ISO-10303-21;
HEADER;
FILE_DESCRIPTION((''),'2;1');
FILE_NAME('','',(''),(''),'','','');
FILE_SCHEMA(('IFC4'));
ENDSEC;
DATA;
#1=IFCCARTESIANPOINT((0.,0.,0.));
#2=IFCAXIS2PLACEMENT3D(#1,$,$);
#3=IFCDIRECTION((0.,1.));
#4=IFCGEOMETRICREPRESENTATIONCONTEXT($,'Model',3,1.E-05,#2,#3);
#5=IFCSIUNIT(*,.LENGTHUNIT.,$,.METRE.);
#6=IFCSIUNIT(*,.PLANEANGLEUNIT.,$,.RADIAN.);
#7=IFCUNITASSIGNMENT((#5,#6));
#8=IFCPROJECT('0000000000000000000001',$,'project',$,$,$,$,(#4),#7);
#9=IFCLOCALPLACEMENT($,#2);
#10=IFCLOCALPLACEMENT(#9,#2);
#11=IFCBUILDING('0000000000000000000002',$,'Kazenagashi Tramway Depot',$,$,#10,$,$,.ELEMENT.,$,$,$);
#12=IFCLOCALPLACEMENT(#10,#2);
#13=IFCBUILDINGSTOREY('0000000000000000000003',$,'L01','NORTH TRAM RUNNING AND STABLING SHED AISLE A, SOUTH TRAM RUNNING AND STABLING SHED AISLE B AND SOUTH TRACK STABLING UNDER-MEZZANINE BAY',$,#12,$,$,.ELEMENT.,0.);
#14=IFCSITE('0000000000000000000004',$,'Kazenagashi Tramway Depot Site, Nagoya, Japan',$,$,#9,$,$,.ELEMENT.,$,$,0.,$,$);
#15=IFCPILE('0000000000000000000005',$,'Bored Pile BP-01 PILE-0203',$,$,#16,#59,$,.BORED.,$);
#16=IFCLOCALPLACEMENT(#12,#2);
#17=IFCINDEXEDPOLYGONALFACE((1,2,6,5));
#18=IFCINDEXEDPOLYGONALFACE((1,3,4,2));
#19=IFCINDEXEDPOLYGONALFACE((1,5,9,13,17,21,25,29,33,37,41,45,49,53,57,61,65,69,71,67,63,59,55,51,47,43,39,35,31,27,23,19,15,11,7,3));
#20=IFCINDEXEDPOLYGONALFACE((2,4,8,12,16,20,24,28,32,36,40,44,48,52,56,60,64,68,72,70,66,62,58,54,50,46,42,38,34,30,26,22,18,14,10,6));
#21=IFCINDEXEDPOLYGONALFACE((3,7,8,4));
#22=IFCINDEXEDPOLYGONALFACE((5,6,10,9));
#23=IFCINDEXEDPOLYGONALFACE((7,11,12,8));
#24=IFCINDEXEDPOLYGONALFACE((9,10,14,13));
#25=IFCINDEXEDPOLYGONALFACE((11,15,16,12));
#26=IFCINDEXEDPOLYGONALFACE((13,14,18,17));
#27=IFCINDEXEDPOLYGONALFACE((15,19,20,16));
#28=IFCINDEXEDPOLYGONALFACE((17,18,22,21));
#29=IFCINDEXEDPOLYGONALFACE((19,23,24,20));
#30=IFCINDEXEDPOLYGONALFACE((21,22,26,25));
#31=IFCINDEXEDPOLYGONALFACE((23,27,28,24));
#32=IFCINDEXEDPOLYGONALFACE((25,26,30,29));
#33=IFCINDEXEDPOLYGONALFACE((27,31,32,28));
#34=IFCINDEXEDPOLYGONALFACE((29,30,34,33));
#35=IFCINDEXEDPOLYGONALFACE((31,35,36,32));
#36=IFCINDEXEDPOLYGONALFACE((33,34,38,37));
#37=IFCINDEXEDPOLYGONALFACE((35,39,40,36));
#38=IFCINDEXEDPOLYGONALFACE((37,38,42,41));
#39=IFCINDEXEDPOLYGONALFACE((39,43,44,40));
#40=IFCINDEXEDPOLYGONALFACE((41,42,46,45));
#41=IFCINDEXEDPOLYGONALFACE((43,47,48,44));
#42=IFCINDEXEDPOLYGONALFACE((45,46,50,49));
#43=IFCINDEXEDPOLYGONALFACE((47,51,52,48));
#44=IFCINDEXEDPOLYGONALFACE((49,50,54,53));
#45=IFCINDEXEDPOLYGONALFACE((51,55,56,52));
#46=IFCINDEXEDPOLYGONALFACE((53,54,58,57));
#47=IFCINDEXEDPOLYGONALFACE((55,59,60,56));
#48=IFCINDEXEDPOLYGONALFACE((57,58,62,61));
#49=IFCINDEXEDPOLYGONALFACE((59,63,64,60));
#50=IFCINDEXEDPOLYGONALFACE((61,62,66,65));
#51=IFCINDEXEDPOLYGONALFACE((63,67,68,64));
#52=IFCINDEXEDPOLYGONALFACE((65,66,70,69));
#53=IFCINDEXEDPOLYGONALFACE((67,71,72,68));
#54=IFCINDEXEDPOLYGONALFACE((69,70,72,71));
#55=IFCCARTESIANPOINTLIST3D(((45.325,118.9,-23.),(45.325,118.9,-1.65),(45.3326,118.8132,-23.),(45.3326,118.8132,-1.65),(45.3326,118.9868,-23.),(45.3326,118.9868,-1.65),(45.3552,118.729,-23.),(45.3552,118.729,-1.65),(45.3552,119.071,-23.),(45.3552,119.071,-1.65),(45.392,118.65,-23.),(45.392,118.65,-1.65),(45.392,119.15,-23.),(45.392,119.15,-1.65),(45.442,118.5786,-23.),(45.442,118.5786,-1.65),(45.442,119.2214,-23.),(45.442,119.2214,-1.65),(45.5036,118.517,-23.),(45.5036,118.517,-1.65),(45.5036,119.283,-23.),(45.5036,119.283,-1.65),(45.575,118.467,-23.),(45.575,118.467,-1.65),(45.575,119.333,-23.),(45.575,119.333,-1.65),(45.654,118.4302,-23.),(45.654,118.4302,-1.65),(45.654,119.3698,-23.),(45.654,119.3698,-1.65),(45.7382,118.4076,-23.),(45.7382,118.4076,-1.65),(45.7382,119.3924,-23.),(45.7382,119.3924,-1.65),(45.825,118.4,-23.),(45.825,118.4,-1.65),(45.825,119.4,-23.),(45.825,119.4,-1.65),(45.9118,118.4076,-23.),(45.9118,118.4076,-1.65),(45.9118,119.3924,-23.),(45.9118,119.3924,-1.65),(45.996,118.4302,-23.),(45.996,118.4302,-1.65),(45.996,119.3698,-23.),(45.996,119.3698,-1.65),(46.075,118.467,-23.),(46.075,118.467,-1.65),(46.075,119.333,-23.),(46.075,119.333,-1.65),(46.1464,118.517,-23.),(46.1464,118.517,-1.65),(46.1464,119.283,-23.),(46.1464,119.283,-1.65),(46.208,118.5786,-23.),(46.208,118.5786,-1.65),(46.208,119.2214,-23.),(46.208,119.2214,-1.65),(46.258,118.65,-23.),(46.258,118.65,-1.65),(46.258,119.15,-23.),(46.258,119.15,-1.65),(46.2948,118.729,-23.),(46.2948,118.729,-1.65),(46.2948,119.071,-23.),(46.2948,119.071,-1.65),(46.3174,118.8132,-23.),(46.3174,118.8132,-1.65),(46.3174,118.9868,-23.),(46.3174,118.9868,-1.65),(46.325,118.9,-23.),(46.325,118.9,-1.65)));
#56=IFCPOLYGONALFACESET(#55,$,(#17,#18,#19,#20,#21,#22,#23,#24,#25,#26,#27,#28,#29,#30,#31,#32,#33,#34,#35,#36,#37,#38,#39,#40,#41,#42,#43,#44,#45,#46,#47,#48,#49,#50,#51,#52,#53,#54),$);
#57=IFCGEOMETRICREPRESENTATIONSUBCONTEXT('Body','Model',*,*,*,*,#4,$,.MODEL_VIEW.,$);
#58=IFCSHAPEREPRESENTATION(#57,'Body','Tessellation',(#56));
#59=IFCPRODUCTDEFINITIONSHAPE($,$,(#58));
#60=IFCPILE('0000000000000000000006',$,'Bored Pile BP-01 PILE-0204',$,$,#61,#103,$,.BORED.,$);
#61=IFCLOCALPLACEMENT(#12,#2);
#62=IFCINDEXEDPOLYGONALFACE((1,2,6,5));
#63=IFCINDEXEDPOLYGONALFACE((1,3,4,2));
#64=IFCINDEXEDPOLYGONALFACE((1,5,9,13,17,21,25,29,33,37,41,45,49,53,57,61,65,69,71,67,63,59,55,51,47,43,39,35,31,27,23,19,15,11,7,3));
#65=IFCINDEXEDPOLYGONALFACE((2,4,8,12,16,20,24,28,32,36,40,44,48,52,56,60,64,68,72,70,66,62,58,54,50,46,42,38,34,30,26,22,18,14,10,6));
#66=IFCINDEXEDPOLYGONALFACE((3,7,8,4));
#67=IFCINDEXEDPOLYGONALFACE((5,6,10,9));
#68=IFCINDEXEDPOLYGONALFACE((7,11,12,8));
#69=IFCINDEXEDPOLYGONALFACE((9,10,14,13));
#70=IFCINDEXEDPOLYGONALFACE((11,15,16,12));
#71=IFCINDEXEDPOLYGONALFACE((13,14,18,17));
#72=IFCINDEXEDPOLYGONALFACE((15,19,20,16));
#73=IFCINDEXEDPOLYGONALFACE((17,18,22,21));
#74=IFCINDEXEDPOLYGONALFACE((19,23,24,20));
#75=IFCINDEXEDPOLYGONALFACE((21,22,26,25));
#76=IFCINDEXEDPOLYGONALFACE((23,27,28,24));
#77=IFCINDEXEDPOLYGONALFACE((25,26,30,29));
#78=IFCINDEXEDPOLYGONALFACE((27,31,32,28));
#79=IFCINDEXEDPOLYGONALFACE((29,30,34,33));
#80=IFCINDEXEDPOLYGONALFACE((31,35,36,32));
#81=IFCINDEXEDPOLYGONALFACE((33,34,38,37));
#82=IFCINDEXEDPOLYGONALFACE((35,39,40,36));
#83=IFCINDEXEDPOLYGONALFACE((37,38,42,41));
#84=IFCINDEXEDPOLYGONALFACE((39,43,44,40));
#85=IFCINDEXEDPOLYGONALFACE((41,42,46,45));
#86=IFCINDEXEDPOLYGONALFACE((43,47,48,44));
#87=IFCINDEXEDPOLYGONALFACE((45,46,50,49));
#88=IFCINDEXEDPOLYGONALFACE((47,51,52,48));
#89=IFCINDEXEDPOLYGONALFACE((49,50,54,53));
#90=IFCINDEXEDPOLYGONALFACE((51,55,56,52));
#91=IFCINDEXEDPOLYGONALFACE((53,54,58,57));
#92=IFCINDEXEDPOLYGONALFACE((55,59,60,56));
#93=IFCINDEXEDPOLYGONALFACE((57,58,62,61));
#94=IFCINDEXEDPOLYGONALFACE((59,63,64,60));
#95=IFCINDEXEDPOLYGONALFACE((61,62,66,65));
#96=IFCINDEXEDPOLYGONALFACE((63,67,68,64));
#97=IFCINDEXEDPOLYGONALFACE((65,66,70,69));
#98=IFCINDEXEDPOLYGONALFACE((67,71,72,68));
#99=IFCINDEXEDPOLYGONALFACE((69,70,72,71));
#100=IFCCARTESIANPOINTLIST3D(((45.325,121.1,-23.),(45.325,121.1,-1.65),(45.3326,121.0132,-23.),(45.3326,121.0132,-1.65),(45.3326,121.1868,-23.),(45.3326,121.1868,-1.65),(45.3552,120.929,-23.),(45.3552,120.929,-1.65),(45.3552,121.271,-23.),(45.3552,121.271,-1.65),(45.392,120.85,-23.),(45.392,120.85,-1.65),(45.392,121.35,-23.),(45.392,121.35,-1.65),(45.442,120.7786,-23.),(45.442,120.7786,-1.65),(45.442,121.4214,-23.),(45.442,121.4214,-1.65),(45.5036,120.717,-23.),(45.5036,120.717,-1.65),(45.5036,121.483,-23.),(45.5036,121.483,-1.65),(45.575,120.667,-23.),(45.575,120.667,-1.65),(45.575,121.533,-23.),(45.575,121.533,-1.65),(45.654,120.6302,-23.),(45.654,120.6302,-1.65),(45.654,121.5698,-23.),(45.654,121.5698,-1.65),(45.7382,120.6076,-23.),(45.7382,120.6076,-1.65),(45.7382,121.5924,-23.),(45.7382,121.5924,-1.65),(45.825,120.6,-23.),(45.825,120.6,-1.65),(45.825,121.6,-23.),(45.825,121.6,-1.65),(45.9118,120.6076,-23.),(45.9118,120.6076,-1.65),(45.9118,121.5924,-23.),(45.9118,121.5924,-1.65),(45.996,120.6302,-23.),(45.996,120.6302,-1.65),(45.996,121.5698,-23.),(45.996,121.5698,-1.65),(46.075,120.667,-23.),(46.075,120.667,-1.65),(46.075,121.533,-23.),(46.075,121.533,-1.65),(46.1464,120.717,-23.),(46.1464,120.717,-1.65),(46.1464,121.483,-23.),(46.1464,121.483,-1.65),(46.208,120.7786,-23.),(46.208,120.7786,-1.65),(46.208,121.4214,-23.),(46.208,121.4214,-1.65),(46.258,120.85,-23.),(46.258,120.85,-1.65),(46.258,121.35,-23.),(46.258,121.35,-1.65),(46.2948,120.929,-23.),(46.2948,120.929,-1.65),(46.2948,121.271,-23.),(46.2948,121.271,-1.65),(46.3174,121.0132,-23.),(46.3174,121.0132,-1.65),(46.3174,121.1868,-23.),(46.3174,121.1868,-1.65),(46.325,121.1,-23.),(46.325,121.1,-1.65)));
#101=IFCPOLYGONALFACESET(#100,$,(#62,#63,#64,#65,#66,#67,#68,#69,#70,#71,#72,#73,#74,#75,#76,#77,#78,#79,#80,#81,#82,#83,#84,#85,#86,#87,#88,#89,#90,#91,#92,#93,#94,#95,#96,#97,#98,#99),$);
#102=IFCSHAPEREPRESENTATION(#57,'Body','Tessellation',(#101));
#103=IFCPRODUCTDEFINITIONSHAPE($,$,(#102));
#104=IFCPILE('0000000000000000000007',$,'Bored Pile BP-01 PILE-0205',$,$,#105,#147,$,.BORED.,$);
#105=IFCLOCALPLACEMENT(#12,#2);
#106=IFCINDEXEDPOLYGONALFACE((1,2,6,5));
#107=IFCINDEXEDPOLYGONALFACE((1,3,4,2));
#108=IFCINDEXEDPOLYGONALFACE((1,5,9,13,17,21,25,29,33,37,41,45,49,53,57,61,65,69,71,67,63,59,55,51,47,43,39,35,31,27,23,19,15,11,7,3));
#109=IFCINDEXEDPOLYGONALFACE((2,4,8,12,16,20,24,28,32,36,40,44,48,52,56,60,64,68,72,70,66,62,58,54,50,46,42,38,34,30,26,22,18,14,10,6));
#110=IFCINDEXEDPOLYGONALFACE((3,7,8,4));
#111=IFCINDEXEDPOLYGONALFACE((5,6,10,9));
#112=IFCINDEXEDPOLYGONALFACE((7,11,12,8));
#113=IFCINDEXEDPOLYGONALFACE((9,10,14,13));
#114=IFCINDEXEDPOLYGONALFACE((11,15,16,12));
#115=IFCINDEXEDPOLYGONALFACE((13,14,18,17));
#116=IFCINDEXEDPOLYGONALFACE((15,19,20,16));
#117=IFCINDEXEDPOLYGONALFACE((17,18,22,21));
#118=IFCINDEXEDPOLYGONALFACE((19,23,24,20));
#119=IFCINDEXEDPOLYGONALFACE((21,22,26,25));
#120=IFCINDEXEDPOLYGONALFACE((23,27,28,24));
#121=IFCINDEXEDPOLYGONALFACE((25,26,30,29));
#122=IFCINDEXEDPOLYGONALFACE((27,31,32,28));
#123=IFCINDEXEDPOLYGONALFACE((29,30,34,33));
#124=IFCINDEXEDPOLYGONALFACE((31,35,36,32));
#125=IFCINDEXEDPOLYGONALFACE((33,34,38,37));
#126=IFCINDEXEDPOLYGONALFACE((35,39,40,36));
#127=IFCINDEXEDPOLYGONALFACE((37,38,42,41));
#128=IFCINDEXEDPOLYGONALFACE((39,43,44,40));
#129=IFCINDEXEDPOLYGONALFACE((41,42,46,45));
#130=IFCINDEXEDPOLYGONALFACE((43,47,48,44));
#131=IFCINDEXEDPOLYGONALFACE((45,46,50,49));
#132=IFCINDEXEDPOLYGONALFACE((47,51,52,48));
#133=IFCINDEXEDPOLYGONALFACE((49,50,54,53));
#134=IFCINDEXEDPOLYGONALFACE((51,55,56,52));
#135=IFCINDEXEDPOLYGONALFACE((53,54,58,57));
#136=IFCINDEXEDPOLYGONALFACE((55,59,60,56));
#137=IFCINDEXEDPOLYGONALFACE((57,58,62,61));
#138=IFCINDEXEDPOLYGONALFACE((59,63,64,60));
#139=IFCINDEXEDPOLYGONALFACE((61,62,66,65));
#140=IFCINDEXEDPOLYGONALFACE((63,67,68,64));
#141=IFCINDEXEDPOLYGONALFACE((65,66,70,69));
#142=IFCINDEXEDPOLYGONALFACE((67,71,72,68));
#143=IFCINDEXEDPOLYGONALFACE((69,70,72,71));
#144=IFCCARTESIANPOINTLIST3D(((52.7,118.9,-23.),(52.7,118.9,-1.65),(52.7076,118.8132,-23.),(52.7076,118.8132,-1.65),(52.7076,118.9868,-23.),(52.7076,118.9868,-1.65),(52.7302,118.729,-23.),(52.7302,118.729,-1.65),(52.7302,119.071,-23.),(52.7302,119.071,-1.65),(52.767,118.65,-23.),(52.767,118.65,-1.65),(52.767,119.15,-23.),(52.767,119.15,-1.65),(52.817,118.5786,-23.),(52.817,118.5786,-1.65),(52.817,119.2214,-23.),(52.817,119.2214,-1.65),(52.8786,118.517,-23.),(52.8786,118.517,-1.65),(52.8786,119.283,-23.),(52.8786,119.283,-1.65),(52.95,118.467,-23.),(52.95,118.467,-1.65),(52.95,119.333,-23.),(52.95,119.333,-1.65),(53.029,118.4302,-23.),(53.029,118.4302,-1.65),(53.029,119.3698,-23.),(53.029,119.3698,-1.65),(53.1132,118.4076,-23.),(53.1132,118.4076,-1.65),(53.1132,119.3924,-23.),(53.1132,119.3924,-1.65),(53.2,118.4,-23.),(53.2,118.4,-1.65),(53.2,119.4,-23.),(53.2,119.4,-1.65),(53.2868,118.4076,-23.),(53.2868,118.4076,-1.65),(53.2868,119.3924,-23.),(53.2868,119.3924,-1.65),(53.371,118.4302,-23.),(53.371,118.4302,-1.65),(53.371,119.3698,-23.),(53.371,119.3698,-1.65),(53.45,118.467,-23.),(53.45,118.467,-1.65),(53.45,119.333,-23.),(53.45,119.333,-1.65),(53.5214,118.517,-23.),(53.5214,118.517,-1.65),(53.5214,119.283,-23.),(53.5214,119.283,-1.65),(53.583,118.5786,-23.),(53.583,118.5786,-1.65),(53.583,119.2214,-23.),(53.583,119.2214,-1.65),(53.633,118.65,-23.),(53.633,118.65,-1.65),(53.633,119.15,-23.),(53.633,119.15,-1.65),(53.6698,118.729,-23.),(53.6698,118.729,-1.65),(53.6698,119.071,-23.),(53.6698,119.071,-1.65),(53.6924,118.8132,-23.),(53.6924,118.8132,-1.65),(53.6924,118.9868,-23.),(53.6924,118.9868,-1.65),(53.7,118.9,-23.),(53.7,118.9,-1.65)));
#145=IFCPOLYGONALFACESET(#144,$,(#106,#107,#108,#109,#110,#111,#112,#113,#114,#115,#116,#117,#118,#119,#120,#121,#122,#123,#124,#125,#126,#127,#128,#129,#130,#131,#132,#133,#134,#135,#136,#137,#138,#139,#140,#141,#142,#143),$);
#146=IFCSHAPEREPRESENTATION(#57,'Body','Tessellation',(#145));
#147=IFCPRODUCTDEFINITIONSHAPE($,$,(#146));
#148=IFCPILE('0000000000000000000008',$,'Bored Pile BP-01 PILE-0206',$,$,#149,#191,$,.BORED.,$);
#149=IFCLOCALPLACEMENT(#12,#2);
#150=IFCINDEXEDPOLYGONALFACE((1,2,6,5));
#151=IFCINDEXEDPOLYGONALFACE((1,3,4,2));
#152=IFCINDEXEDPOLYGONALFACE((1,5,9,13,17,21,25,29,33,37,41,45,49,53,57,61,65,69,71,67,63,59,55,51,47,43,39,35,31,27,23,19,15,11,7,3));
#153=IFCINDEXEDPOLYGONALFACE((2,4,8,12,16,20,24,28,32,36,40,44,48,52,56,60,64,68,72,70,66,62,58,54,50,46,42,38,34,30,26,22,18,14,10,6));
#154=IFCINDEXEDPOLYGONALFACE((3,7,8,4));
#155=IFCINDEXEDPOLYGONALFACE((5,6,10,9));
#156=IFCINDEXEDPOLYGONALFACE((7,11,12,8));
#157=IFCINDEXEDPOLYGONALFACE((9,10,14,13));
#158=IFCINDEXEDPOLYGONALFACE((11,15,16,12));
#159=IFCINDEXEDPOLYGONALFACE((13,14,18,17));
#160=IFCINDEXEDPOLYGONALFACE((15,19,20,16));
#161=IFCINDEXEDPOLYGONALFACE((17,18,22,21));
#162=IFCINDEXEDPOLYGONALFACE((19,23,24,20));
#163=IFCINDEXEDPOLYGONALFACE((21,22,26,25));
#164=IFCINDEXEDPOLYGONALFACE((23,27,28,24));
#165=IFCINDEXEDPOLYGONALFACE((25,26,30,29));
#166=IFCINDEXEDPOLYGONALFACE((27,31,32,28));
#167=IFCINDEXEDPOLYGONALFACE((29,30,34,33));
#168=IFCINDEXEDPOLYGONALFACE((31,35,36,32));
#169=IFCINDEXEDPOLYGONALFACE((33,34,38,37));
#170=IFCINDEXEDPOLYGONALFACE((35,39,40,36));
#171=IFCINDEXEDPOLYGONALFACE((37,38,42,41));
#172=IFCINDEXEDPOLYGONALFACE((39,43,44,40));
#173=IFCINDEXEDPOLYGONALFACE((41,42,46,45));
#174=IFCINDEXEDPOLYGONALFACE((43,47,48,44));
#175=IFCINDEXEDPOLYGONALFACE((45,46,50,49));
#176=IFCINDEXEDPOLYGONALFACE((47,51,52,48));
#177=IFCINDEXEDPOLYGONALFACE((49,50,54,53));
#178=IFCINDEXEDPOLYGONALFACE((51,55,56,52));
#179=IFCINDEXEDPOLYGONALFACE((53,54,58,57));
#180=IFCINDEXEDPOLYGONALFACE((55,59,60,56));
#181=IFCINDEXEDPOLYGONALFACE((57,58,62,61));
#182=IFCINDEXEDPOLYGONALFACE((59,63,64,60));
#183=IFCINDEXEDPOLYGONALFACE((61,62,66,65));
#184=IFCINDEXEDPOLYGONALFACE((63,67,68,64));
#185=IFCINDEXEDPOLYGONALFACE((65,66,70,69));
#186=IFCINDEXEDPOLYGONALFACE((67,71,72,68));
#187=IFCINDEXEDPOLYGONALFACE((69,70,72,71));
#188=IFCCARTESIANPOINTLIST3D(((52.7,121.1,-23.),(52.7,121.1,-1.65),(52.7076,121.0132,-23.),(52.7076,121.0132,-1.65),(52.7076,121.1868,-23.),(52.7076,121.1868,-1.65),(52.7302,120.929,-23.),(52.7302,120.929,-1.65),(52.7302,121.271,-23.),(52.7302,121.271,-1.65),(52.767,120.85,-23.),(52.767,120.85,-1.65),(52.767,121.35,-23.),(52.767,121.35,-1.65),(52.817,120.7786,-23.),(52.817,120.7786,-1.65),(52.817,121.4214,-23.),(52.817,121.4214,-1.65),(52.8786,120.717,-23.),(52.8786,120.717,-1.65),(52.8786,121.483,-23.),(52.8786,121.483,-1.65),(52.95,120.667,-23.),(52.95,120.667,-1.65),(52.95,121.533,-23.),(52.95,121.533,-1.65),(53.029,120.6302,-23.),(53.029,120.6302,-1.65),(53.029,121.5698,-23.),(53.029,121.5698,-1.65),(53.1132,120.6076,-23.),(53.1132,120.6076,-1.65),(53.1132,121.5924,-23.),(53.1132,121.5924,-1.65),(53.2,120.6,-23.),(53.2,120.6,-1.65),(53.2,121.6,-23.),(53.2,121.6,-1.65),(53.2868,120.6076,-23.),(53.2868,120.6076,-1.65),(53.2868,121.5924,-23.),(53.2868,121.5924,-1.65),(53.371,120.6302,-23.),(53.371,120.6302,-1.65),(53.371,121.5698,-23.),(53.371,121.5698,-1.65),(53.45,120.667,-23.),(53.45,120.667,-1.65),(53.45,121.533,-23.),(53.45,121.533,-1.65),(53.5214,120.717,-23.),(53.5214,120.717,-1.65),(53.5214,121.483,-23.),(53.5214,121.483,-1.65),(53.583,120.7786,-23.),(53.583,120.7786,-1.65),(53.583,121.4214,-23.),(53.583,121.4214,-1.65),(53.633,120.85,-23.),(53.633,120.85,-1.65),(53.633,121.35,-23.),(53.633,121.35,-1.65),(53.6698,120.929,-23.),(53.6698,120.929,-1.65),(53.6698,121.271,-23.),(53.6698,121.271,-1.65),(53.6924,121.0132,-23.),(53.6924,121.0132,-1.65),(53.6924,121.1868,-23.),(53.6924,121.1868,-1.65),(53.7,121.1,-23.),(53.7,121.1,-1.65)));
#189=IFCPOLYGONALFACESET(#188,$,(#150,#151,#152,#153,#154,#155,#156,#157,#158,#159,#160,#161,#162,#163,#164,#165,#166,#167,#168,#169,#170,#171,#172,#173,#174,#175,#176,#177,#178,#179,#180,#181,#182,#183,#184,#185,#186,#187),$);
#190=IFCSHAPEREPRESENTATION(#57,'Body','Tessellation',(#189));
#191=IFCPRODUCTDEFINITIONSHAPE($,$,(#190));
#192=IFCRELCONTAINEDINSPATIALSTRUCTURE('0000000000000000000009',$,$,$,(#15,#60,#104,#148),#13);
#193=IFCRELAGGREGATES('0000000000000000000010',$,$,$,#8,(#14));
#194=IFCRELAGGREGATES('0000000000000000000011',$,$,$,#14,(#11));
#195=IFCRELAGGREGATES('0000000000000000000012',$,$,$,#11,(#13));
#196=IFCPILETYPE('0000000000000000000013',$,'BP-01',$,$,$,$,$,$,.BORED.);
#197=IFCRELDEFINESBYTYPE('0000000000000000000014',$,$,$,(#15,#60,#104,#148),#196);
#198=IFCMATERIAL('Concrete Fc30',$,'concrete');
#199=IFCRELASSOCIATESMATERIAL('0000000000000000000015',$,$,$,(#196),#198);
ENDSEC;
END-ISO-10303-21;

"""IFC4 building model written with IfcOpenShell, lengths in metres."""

from ifc_helpers import new_model, si_unit, direction, frame, origin, origin_2d, place, context, subcontext, project, spatial, circle, extrude, material, material_profile, profile_set, type_object, element, save


model = new_model("IFC4")

# Units and contexts
model_context = context("Model", 3, precision=1e-05, world=origin(), true_north=direction((0.0, 1.0)))
body_context = subcontext(model_context, "Body", "Model", "MODEL_VIEW")
ifc_project = project(units=[si_unit("LENGTHUNIT", "METRE"), si_unit("PLANEANGLEUNIT", "RADIAN")], contexts=[model_context])

# Site, building, storey
site_placement = place(None, origin())
site = spatial("IfcSite", under=ifc_project, at=site_placement, Name="Kazenagashi Tramway Depot Site, Nagoya, Japan", CompositionType="ELEMENT", RefElevation=0.0)
building_placement = place(site_placement, origin())
building = spatial("IfcBuilding", under=site, at=building_placement, Name="Kazenagashi Tramway Depot", CompositionType="ELEMENT")
storey_placement = place(building_placement, origin())
storey = spatial("IfcBuildingStorey", under=building, at=storey_placement, Name="L01", Description="NORTH TRAM RUNNING AND STABLING SHED AISLE A, SOUTH TRAM RUNNING AND STABLING SHED AISLE B AND SOUTH TRACK STABLING UNDER-MEZZANINE BAY", CompositionType="ELEMENT", Elevation=0.0)

# Piles
ifc_material_1 = material(Name="Concrete Fc30", Category="concrete")
ifc_material_profile_1 = material_profile(ifc_material_1, circle(Radius=0.5, at=origin_2d()), Name="PILE-1000")
ifc_profile_set_1 = profile_set([ifc_material_profile_1], Name="Concrete Fc30")
pile_type_1 = type_object("IfcPileType", Name="BP-01", PredefinedType="BORED", material=ifc_profile_set_1)
for number, where, z_axis, x_axis, name in (
    (1, (45.825, 118.9, -1.65), (0.0, 0.0, -1.0), (1.0, 0.0, 0.0), "Bored Pile BP-01 PILE-0203"),
    (2, (45.825, 121.1, -1.65), (0.0, 0.0, -1.0), (1.0, 0.0, 0.0), "Bored Pile BP-01 PILE-0204"),
    (3, (53.2, 118.9, -1.65), (0.0, 0.0, -1.0), (1.0, 0.0, 0.0), "Bored Pile BP-01 PILE-0205"),
    (4, (53.2, 121.1, -1.65), (0.0, 0.0, -1.0), (1.0, 0.0, 0.0), "Bored Pile BP-01 PILE-0206"),
):
    element("IfcPile", number, at=place(storey_placement, frame(where, z_axis=z_axis, x_axis=x_axis)), inside=storey, type_object=pile_type_1, Name=name, PredefinedType="BORED", context=body_context, shape_type="SweptSolid", body=[
        extrude(circle(Radius=0.5, at=origin_2d()), origin(), (0.0, 0.0, 1.0), 21.35),
    ])

save(model, "model.ifc")
